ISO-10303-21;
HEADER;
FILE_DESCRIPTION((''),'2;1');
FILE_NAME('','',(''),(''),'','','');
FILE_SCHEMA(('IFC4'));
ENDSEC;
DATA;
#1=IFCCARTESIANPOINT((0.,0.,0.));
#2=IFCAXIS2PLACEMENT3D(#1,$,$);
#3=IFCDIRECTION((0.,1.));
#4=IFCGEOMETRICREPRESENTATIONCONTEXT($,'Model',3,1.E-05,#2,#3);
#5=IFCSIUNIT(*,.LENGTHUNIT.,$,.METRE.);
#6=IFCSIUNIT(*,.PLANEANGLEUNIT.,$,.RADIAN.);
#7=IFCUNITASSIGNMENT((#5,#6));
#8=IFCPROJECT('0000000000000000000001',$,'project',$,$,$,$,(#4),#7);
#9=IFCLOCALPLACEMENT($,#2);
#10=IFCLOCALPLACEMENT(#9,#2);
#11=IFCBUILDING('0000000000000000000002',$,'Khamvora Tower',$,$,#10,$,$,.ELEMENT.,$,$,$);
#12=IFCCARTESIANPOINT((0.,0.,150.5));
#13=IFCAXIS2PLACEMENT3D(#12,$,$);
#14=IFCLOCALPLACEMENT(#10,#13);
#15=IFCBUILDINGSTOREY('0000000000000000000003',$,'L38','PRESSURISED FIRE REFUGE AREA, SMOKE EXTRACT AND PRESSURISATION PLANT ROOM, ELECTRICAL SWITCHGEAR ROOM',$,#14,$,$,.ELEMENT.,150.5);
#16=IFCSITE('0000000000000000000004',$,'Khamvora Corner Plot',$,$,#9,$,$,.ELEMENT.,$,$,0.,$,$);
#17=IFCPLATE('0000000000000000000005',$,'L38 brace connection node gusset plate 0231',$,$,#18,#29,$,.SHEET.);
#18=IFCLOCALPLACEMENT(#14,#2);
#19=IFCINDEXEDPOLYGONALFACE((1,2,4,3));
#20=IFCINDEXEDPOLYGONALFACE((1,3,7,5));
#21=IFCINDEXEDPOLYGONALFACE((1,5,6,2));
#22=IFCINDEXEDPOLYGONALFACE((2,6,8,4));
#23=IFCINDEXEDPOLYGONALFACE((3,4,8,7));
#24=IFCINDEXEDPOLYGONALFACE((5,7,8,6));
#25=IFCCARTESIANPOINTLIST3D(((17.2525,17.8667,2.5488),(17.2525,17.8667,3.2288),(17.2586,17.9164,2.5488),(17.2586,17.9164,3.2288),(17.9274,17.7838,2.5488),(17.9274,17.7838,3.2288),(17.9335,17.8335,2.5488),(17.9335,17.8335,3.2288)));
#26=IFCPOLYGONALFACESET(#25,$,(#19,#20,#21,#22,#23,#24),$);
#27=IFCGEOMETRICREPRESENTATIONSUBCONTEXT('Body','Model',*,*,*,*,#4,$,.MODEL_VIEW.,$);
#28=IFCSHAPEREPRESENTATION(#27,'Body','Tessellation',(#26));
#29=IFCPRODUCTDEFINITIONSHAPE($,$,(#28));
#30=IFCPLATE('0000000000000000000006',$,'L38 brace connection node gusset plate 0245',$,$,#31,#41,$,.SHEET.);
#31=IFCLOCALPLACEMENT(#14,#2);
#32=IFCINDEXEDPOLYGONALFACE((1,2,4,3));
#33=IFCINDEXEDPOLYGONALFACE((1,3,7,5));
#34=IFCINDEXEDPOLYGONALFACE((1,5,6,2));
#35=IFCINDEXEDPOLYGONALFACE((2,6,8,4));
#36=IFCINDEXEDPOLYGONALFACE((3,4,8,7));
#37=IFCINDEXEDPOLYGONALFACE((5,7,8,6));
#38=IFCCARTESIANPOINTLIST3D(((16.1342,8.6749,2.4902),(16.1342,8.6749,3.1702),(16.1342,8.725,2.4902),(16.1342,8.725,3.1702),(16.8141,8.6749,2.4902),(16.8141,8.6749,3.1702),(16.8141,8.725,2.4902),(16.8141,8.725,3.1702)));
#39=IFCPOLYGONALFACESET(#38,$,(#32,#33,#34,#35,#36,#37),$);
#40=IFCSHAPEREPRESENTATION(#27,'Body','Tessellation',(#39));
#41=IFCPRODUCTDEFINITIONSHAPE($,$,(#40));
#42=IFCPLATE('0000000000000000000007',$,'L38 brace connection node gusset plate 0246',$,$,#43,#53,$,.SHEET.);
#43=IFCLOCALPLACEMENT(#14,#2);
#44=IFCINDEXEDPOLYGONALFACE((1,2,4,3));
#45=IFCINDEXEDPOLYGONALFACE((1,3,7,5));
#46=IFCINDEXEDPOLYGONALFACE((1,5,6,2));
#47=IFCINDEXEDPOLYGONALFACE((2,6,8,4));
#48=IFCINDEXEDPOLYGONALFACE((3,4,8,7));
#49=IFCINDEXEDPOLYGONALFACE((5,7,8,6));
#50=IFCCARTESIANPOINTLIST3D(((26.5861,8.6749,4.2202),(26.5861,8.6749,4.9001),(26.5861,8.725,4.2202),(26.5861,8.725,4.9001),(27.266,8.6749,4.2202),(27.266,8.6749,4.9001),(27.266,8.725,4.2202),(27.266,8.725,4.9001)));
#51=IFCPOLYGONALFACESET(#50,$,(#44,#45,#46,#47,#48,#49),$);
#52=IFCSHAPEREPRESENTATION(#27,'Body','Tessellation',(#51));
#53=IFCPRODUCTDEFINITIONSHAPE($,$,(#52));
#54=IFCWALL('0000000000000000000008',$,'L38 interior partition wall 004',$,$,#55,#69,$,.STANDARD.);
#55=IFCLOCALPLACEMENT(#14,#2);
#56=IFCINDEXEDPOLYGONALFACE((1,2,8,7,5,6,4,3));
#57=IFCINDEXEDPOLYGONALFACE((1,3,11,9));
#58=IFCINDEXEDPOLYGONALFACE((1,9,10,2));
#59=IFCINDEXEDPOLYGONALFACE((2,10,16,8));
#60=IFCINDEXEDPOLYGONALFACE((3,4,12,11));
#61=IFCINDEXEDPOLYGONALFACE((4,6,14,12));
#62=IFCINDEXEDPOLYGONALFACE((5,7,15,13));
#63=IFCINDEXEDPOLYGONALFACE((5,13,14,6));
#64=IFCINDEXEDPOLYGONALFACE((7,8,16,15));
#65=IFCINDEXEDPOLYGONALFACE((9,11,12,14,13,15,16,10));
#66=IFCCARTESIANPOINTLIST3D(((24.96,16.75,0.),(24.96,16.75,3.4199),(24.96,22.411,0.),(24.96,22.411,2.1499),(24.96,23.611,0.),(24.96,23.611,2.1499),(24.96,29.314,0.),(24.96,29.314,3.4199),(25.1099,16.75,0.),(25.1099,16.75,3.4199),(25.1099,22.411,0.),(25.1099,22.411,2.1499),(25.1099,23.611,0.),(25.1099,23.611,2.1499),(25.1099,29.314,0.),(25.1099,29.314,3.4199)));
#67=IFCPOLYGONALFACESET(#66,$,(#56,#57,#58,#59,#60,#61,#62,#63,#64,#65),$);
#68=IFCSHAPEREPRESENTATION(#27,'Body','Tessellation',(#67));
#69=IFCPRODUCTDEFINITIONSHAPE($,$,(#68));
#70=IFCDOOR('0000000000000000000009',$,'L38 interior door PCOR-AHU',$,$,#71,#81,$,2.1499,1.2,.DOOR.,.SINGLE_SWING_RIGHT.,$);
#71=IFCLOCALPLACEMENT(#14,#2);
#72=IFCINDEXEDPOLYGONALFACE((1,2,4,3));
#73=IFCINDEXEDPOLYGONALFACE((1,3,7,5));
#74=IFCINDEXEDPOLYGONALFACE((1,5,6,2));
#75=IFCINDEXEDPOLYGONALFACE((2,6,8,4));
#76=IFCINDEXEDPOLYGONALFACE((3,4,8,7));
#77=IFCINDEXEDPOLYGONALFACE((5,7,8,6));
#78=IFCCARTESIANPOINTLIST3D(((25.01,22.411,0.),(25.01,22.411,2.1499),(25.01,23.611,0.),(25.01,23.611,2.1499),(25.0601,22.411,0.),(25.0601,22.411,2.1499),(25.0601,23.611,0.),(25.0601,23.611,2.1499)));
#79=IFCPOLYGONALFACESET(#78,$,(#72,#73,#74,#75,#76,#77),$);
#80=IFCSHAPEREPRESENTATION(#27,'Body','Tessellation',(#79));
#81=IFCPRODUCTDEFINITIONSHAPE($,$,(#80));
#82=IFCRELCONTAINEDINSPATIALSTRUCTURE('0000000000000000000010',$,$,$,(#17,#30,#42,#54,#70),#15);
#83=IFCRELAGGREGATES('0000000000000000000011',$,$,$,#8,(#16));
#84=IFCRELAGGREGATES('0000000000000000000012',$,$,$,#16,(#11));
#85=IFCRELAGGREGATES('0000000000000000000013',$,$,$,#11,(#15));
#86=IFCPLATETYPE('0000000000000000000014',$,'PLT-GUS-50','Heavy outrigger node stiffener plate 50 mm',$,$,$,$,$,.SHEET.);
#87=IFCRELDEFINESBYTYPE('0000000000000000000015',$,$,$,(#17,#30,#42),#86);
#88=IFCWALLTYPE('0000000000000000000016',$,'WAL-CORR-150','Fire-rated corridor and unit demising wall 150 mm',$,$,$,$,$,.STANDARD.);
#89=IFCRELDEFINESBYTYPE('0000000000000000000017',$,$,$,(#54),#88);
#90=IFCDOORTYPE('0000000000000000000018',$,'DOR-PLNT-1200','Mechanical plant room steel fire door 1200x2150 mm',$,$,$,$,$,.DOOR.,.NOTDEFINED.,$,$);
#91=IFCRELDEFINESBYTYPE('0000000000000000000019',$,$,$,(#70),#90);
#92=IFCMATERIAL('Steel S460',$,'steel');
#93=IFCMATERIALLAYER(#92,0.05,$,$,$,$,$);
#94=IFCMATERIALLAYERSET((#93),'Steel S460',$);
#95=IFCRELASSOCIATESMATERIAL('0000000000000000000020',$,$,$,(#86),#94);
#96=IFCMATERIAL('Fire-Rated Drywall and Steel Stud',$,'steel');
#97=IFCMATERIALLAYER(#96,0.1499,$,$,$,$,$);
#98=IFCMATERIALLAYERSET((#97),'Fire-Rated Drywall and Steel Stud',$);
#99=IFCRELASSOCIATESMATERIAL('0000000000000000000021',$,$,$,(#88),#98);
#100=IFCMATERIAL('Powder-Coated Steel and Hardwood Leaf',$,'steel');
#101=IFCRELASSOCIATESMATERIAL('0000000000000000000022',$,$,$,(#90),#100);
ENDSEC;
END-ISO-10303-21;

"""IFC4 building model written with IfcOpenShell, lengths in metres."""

from ifc_helpers import new_model, si_unit, direction, frame, frame_2d, origin, origin_2d, place, context, subcontext, project, spatial, rectangle, extrude, material, layer, layer_set, type_object, element, fill, save


model = new_model("IFC4")

# Units and contexts
model_context = context("Model", 3, precision=1e-05, world=origin(), true_north=direction((0.0, 1.0)))
body_context = subcontext(model_context, "Body", "Model", "MODEL_VIEW")
ifc_project = project(units=[si_unit("LENGTHUNIT", "METRE"), si_unit("PLANEANGLEUNIT", "RADIAN")], contexts=[model_context])

# Site, building, storey
site_placement = place(None, origin())
site = spatial("IfcSite", under=ifc_project, at=site_placement, Name="Khamvora Corner Plot", CompositionType="ELEMENT", RefElevation=0.0)
building_placement = place(site_placement, origin())
building = spatial("IfcBuilding", under=site, at=building_placement, Name="Khamvora Tower", CompositionType="ELEMENT")
storey_placement = place(building_placement, frame((0.0, 0.0, 150.5)))
storey = spatial("IfcBuildingStorey", under=building, at=storey_placement, Name="L38", Description="PRESSURISED FIRE REFUGE AREA, SMOKE EXTRACT AND PRESSURISATION PLANT ROOM, ELECTRICAL SWITCHGEAR ROOM", CompositionType="ELEMENT", Elevation=150.5)

# Shared definitions
ifc_material_1 = material(Name="Steel S460", Category="steel")

# Plates
ifc_layer_1 = layer(ifc_material_1, 0.05)
ifc_layer_set_1 = layer_set([ifc_layer_1], Name="Steel S460")
plate_type_1 = type_object("IfcPlateType", Name="PLT-GUS-50", Description="Heavy outrigger node stiffener plate 50 mm", PredefinedType="SHEET", material=ifc_layer_set_1)
for number, where, z_axis, x_axis, name in (
    (1, (17.593, 17.8501, 2.5488), (0.0, 0.0, 1.0), (-0.992536, 0.121956, 0.0), "L38 brace connection node gusset plate 0231"),
    (2, (16.4741, 8.7, 2.4902), (0.0, 0.0, 1.0), (1.0, 0.0, 0.0), "L38 brace connection node gusset plate 0245"),
    (3, (26.926, 8.7, 4.2202), (0.0, 0.0, 1.0), (1.0, 0.0, 0.0), "L38 brace connection node gusset plate 0246"),
):
    element("IfcPlate", number, at=place(storey_placement, frame(where, z_axis=z_axis, x_axis=x_axis)), inside=storey, type_object=plate_type_1, Name=name, PredefinedType="SHEET", context=body_context, shape_type="SweptSolid", body=[
        extrude(rectangle(XDim=0.6799, YDim=0.05, at=origin_2d()), origin(), (0.0, 0.0, 1.0), 0.6799),
    ])

# Wall, opening, door
ifc_material_2 = material(Name="Fire-Rated Drywall and Steel Stud", Category="steel")
ifc_layer_2 = layer(ifc_material_2, 0.1499)
ifc_layer_set_2 = layer_set([ifc_layer_2], Name="Fire-Rated Drywall and Steel Stud")
wall_type = type_object("IfcWallType", Name="WAL-CORR-150", Description="Fire-rated corridor and unit demising wall 150 mm", PredefinedType="STANDARD", material=ifc_layer_set_2)
wall_placement = place(storey_placement, frame((25.0349, 16.75, 0.0), z_axis=(0.0, 0.0, 1.0), x_axis=(0.0, 1.0, 0.0)))
wall = element("IfcWall", 4, at=wall_placement, inside=storey, type_object=wall_type, Name="L38 interior partition wall 004", PredefinedType="STANDARD", context=body_context, shape_type="SweptSolid", body=[
    extrude(rectangle(XDim=12.564, YDim=0.1499, at=frame_2d((6.282, 0.0))), origin(), (0.0, 0.0, 1.0), 3.4199),
])
opening_placement = place(wall_placement, frame((5.6609, 0.0, 0.0)))
opening = element("IfcOpeningElement", 5, at=opening_placement, cuts=wall, PredefinedType="OPENING", context=body_context, shape_type="SweptSolid", body=[
    extrude(rectangle(XDim=1.2, YDim=2.1499, at=frame_2d((0.6001, 1.075))), frame((0.0, 0.085, 0.0), z_axis=(0.0, -1.0, 0.0), x_axis=(1.0, 0.0, 0.0)), (0.0, 0.0, 1.0), 0.1699),
])
ifc_material_3 = material(Name="Powder-Coated Steel and Hardwood Leaf", Category="steel")
door_type = type_object("IfcDoorType", Name="DOR-PLNT-1200", Description="Mechanical plant room steel fire door 1200x2150 mm", OperationType="NOTDEFINED", PredefinedType="DOOR", material=ifc_material_3)
door_placement = place(opening_placement, origin())
door = element("IfcDoor", 6, at=door_placement, inside=storey, type_object=door_type, Name="L38 interior door PCOR-AHU", OperationType="SINGLE_SWING_RIGHT", OverallHeight=2.1499, OverallWidth=1.2, PredefinedType="DOOR", context=body_context, shape_type="SweptSolid", body=[
    extrude(rectangle(XDim=1.2, YDim=2.1499, at=frame_2d((0.6001, 1.075))), frame((0.0, 0.0249, 0.0), z_axis=(0.0, -1.0, 0.0), x_axis=(1.0, 0.0, 0.0)), (0.0, 0.0, 1.0), 0.05),
])
fill(opening, door)

save(model, "model.ifc")
